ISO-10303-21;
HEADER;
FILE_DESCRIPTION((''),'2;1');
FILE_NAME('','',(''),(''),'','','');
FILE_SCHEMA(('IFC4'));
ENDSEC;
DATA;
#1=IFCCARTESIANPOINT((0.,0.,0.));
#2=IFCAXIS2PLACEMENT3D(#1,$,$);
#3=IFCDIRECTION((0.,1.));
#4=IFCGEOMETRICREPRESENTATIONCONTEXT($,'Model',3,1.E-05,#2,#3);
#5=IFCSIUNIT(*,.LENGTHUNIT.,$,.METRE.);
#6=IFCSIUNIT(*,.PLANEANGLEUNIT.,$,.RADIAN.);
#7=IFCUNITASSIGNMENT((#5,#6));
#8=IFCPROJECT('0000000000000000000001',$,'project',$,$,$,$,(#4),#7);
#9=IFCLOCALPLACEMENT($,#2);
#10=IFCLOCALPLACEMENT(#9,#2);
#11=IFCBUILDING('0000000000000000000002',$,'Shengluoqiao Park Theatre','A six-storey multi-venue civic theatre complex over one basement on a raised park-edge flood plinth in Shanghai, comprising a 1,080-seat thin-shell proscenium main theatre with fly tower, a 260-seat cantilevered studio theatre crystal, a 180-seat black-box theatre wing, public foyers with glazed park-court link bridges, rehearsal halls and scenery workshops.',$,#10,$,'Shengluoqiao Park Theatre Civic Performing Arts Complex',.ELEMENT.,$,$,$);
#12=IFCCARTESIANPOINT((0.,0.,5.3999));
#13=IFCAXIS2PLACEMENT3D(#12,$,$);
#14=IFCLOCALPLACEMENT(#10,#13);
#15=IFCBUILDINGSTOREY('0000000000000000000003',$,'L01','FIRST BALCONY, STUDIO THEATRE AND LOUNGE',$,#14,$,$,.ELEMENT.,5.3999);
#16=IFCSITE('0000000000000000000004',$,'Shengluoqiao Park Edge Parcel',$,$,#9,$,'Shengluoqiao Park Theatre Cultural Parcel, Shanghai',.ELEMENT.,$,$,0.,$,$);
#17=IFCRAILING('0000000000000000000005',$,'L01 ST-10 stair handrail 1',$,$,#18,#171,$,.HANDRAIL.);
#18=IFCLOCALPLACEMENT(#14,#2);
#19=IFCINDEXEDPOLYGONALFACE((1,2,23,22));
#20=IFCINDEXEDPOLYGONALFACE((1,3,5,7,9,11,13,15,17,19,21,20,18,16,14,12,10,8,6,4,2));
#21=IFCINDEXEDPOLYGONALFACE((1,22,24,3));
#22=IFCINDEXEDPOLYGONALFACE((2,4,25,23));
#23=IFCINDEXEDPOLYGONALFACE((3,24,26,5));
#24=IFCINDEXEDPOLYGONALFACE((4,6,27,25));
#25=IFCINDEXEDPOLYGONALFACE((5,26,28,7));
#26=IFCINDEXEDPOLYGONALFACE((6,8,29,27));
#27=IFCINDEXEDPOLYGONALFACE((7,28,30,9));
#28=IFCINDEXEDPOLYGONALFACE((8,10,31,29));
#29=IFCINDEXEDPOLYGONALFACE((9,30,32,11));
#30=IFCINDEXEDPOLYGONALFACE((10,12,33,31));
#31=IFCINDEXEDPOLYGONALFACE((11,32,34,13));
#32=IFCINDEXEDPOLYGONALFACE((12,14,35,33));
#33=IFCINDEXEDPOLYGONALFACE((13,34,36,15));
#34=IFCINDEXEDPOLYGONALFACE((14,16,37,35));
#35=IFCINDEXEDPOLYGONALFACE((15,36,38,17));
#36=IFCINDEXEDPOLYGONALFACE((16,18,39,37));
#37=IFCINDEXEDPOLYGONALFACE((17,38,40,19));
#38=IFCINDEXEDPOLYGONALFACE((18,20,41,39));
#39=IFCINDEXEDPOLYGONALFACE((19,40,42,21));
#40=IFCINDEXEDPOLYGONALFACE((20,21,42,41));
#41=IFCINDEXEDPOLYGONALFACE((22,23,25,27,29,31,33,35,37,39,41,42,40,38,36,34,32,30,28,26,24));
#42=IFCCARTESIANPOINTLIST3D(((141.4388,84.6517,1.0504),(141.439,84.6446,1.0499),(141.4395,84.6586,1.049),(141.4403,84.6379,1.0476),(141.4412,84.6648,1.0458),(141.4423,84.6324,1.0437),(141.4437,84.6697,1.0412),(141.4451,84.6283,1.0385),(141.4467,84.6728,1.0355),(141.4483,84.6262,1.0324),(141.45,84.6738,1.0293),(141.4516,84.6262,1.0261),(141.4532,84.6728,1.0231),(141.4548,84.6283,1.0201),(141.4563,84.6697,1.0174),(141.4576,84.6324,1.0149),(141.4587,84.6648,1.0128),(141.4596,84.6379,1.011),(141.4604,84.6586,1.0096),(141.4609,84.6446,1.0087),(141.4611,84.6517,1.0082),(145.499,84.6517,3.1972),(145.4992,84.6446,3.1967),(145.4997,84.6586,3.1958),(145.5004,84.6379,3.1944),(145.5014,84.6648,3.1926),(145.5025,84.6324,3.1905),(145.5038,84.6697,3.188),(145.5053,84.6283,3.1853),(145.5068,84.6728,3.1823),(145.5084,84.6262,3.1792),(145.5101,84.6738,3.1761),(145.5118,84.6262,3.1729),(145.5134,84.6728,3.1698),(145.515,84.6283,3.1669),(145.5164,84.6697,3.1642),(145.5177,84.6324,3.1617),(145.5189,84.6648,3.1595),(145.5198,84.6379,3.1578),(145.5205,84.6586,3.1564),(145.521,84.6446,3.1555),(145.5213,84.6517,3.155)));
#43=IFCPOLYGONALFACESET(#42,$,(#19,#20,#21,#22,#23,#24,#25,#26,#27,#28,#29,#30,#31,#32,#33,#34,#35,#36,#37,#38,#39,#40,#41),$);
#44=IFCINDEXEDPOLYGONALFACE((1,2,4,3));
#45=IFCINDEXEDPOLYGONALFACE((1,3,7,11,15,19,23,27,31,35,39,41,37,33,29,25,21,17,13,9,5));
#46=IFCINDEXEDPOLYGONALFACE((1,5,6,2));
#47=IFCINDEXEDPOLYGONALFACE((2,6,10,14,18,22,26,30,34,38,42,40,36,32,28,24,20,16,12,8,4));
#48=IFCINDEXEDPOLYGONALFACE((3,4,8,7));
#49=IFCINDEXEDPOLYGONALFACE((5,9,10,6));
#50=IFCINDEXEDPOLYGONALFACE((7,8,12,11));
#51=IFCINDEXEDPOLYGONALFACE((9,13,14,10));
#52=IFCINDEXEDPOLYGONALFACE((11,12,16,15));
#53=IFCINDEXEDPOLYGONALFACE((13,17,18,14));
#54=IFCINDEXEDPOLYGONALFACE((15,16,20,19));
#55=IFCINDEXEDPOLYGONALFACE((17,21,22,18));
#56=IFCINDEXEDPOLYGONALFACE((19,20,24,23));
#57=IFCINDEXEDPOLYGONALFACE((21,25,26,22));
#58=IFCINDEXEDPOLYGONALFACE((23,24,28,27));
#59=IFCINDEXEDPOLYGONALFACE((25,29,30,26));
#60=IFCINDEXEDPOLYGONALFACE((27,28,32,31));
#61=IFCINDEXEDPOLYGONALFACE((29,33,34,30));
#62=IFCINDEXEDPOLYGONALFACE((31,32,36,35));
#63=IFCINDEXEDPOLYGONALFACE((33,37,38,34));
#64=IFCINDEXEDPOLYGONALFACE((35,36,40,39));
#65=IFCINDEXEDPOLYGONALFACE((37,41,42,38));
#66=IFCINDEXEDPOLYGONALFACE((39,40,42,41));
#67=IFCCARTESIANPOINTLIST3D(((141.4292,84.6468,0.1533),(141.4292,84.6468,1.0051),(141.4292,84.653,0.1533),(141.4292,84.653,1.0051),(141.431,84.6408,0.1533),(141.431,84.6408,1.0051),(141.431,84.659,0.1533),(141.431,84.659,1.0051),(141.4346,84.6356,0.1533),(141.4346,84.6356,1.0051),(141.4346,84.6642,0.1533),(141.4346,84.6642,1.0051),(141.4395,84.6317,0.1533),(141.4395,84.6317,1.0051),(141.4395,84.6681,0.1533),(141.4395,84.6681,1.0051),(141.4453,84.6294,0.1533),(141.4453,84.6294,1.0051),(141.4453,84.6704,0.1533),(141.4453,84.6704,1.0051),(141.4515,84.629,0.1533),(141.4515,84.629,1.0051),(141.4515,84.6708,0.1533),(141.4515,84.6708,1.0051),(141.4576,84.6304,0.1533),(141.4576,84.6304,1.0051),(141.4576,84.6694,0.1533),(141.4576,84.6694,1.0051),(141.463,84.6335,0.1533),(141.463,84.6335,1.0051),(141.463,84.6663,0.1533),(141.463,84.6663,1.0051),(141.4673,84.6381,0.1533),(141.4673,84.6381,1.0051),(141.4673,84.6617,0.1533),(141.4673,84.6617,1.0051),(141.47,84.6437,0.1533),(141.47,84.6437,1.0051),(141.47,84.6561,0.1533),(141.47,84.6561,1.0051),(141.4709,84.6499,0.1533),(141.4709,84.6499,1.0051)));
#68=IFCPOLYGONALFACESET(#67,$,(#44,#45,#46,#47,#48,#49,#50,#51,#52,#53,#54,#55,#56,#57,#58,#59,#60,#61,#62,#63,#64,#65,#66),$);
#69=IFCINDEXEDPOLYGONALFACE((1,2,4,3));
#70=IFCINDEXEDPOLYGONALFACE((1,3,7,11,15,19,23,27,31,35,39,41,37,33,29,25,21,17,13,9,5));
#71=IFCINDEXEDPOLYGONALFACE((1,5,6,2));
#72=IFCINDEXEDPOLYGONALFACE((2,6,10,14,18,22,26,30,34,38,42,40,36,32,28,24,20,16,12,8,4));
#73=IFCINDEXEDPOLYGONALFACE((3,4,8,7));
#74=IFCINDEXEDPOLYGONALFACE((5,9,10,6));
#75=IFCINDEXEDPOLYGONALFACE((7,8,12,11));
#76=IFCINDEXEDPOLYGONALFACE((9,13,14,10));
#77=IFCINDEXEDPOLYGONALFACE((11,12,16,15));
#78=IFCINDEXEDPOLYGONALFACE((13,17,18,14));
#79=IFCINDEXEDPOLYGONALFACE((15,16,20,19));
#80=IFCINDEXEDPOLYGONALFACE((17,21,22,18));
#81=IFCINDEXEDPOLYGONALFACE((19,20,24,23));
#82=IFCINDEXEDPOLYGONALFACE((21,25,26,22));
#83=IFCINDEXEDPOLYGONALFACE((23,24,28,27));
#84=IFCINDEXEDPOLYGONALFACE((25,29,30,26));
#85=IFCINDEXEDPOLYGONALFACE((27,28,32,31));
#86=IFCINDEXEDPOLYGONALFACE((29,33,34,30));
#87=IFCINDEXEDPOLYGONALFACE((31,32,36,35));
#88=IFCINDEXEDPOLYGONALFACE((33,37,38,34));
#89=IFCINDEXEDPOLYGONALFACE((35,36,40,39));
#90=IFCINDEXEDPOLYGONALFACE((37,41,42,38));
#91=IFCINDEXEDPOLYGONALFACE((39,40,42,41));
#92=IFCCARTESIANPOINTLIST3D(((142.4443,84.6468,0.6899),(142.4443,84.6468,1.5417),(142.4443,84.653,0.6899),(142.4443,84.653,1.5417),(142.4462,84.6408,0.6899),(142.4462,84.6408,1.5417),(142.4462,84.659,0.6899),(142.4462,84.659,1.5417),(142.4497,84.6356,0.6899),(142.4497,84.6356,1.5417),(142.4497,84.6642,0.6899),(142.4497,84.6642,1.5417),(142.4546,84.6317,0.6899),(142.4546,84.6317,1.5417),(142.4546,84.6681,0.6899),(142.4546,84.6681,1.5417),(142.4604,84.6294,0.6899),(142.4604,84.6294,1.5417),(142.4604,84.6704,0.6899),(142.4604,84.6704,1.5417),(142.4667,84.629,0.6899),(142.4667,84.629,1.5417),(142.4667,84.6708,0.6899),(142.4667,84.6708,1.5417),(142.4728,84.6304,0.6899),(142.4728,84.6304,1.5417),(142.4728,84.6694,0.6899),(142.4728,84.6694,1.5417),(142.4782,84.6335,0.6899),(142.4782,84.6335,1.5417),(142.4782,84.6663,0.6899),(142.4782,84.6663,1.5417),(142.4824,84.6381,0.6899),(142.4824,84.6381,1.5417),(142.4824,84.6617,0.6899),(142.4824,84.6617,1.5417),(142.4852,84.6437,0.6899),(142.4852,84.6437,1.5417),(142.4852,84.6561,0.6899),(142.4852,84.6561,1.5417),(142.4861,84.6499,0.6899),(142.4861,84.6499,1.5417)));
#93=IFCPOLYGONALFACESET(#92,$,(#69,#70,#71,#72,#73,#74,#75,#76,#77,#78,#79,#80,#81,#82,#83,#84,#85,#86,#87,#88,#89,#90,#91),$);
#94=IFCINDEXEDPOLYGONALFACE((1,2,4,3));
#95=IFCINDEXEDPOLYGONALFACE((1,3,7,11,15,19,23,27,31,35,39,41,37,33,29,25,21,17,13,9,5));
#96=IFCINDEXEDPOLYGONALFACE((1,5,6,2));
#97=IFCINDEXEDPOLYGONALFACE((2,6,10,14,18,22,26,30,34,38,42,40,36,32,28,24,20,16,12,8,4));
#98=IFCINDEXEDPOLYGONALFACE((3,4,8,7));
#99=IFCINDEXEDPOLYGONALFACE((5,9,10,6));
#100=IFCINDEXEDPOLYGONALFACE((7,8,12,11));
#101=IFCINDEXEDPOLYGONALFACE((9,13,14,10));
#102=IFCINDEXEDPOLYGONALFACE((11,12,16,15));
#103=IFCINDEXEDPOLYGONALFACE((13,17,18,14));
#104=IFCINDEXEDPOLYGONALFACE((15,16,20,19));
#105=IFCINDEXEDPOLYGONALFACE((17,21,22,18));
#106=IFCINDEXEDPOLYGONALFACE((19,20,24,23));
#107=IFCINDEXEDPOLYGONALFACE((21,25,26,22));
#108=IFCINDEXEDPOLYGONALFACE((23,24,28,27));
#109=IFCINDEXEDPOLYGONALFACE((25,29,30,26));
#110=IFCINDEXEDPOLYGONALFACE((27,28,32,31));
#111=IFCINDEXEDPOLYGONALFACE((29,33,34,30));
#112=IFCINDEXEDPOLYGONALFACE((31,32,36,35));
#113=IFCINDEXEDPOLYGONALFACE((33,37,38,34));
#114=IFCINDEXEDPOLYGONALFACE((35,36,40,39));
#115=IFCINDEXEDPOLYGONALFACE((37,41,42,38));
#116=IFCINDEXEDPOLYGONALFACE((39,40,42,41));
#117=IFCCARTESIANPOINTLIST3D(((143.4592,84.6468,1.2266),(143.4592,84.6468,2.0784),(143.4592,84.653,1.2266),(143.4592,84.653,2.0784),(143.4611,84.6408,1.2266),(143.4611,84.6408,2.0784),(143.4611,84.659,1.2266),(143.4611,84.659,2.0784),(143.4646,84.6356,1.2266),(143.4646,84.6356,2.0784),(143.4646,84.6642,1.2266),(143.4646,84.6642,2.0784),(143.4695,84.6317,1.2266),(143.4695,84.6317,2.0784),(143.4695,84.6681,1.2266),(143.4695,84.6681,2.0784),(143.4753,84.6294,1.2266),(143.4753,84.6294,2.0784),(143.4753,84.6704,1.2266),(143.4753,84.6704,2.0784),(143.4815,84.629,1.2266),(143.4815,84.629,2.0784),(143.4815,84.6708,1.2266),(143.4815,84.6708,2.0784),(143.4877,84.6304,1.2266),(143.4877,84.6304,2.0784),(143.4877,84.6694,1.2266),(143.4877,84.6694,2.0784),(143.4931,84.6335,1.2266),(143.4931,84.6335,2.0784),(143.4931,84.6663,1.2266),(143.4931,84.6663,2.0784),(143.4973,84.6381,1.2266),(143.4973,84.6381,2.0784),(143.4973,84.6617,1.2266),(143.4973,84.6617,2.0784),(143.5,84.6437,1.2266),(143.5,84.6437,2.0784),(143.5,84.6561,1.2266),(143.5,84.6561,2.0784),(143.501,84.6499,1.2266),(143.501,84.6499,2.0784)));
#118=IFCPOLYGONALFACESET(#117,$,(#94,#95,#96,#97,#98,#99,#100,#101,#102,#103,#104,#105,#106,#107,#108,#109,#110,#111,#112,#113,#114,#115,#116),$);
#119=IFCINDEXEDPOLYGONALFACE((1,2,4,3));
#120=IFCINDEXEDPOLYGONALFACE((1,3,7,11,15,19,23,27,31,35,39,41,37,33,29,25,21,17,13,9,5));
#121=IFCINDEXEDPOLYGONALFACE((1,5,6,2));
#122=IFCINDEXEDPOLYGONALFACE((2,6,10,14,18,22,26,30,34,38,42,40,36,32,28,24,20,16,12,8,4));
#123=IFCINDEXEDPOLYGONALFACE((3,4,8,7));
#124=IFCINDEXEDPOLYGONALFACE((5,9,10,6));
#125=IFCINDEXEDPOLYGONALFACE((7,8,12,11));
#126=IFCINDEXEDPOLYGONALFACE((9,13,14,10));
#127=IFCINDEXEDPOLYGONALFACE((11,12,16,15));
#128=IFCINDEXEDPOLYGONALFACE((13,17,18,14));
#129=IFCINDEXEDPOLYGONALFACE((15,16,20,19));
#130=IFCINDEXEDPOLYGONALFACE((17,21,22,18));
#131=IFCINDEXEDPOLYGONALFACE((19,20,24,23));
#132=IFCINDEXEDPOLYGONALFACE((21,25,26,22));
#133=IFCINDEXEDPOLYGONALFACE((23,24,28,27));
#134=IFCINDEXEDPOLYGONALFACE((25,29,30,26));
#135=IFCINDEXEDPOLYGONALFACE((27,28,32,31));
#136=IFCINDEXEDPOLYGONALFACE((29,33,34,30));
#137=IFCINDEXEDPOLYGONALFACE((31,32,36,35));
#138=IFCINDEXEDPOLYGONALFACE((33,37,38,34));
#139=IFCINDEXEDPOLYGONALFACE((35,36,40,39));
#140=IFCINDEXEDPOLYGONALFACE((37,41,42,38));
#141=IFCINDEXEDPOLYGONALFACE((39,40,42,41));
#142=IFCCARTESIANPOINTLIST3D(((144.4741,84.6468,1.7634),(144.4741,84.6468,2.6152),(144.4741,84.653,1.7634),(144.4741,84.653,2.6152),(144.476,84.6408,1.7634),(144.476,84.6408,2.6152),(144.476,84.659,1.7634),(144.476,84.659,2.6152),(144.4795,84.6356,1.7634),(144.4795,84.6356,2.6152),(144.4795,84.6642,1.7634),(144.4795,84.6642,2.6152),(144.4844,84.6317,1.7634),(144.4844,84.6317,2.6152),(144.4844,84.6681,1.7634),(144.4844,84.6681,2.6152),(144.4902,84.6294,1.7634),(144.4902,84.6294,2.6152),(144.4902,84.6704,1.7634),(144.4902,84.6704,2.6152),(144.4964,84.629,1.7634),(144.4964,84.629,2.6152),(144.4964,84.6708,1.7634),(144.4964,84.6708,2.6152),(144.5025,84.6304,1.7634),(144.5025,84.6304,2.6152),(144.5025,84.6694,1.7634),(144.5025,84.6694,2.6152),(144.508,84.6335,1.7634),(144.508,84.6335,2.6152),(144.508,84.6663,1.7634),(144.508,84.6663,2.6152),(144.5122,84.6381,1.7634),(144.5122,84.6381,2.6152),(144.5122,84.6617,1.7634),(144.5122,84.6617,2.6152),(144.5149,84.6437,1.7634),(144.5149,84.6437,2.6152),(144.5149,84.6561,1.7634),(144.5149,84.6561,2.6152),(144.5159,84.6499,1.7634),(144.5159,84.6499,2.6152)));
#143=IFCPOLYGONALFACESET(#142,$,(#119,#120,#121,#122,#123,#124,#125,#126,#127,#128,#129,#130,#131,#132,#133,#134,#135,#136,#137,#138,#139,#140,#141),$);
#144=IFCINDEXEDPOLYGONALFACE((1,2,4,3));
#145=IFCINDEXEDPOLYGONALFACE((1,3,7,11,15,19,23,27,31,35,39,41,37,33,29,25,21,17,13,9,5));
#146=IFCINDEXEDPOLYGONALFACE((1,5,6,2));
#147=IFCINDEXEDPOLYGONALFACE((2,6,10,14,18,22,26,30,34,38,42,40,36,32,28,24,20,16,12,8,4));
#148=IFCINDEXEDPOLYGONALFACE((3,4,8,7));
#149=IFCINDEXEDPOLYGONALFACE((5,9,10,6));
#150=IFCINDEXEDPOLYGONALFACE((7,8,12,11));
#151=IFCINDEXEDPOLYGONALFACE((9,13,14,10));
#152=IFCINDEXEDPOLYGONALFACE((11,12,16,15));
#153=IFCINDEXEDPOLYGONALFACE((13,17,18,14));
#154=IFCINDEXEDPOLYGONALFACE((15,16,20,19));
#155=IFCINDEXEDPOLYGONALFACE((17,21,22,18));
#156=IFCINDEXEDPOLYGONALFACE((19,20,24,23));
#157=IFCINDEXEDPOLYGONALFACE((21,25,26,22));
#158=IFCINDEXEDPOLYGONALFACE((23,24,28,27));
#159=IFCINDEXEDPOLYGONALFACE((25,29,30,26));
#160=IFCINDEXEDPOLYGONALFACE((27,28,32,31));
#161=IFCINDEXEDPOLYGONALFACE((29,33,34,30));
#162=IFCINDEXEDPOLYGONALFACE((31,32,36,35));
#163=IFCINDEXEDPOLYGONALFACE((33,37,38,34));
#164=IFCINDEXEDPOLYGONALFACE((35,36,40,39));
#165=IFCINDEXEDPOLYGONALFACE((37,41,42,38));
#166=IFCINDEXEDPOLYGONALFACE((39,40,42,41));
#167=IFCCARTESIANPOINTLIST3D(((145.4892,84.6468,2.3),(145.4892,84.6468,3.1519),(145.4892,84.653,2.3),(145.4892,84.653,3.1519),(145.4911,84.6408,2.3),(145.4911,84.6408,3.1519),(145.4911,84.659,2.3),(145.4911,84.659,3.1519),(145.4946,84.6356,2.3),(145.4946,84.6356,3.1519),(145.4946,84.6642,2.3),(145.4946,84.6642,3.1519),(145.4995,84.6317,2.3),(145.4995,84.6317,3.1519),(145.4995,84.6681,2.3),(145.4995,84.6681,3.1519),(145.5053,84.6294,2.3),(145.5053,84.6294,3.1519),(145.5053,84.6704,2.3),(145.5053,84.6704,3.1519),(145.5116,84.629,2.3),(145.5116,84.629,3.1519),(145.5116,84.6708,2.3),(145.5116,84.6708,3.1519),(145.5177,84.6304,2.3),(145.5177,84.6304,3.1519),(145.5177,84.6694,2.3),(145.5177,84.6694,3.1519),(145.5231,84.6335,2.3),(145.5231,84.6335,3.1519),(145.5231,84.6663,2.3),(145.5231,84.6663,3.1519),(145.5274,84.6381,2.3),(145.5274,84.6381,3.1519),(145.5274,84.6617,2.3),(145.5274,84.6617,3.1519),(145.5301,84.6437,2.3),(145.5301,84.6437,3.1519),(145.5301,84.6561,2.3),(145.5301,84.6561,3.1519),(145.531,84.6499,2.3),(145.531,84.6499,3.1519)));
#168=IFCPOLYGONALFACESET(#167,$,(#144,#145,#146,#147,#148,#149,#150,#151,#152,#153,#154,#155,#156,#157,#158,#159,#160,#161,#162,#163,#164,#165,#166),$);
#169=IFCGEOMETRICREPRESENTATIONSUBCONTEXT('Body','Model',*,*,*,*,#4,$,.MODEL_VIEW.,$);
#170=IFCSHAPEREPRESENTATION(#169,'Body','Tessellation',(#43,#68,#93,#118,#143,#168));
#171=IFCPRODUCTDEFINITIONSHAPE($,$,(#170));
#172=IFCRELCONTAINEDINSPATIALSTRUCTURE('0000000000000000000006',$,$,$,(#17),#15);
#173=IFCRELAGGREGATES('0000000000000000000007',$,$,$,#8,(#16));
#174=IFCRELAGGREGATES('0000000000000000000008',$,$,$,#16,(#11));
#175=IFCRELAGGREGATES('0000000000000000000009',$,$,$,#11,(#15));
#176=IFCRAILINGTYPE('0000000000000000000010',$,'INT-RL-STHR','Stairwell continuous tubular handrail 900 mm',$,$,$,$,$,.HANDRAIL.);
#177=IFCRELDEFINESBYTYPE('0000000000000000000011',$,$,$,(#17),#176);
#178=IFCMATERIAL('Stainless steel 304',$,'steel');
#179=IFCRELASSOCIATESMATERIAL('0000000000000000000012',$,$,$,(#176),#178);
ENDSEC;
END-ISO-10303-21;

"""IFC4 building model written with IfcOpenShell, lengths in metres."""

from ifc_helpers import new_model, si_unit, direction, frame, origin, origin_2d, place, context, subcontext, project, spatial, circle, extrude, material, type_object, element, save


model = new_model("IFC4")

# Units and contexts
model_context = context("Model", 3, precision=1e-05, world=origin(), true_north=direction((0.0, 1.0)))
body_context = subcontext(model_context, "Body", "Model", "MODEL_VIEW")
ifc_project = project(units=[si_unit("LENGTHUNIT", "METRE"), si_unit("PLANEANGLEUNIT", "RADIAN")], contexts=[model_context])

# Site, building, storey
site_placement = place(None, origin())
site = spatial("IfcSite", under=ifc_project, at=site_placement, Name="Shengluoqiao Park Edge Parcel", LongName="Shengluoqiao Park Theatre Cultural Parcel, Shanghai", CompositionType="ELEMENT", RefElevation=0.0)
building_placement = place(site_placement, origin())
building = spatial("IfcBuilding", under=site, at=building_placement, Name="Shengluoqiao Park Theatre", Description="A six-storey multi-venue civic theatre complex over one basement on a raised park-edge flood plinth in Shanghai, comprising a 1,080-seat thin-shell proscenium main theatre with fly tower, a 260-seat cantilevered studio theatre crystal, a 180-seat black-box theatre wing, public foyers with glazed park-court link bridges, rehearsal halls and scenery workshops.", LongName="Shengluoqiao Park Theatre Civic Performing Arts Complex", CompositionType="ELEMENT")
storey_placement = place(building_placement, frame((0.0, 0.0, 5.3999)))
storey = spatial("IfcBuildingStorey", under=building, at=storey_placement, Name="L01", Description="FIRST BALCONY, STUDIO THEATRE AND LOUNGE", CompositionType="ELEMENT", Elevation=5.3999)

# Railing
ifc_material_1 = material(Name="Stainless steel 304", Category="steel")
railing_type_1 = type_object("IfcRailingType", Name="INT-RL-STHR", Description="Stairwell continuous tubular handrail 900 mm", PredefinedType="HANDRAIL", material=ifc_material_1)
railing_1_placement = place(storey_placement, frame((141.45, 84.6499, 0.1533)))
element("IfcRailing", 1, at=railing_1_placement, inside=storey, type_object=railing_type_1, Name="L01 ST-10 stair handrail 1", PredefinedType="HANDRAIL", context=body_context, shape_type="SweptSolid", body=[
    extrude(circle(Radius=0.0239, at=origin_2d()), frame((0.0, 0.0, 0.876), z_axis=(0.884032, 0.0, 0.467426), x_axis=(0.0, 1.0, 0.0)), (0.0, 0.0, 1.0), 4.5928),
    extrude(circle(Radius=0.021, at=origin_2d()), origin(), (0.0, 0.0, 1.0), 0.8518),
    extrude(circle(Radius=0.021, at=origin_2d()), frame((1.0151, 0.0, 0.5366)), (0.0, 0.0, 1.0), 0.8518),
    extrude(circle(Radius=0.021, at=origin_2d()), frame((2.03, 0.0, 1.0732)), (0.0, 0.0, 1.0), 0.8518),
    extrude(circle(Radius=0.021, at=origin_2d()), frame((3.0449, 0.0, 1.6101)), (0.0, 0.0, 1.0), 0.8518),
    extrude(circle(Radius=0.021, at=origin_2d()), frame((4.0601, 0.0, 2.1467)), (0.0, 0.0, 1.0), 0.8518),
])

save(model, "model.ifc")
